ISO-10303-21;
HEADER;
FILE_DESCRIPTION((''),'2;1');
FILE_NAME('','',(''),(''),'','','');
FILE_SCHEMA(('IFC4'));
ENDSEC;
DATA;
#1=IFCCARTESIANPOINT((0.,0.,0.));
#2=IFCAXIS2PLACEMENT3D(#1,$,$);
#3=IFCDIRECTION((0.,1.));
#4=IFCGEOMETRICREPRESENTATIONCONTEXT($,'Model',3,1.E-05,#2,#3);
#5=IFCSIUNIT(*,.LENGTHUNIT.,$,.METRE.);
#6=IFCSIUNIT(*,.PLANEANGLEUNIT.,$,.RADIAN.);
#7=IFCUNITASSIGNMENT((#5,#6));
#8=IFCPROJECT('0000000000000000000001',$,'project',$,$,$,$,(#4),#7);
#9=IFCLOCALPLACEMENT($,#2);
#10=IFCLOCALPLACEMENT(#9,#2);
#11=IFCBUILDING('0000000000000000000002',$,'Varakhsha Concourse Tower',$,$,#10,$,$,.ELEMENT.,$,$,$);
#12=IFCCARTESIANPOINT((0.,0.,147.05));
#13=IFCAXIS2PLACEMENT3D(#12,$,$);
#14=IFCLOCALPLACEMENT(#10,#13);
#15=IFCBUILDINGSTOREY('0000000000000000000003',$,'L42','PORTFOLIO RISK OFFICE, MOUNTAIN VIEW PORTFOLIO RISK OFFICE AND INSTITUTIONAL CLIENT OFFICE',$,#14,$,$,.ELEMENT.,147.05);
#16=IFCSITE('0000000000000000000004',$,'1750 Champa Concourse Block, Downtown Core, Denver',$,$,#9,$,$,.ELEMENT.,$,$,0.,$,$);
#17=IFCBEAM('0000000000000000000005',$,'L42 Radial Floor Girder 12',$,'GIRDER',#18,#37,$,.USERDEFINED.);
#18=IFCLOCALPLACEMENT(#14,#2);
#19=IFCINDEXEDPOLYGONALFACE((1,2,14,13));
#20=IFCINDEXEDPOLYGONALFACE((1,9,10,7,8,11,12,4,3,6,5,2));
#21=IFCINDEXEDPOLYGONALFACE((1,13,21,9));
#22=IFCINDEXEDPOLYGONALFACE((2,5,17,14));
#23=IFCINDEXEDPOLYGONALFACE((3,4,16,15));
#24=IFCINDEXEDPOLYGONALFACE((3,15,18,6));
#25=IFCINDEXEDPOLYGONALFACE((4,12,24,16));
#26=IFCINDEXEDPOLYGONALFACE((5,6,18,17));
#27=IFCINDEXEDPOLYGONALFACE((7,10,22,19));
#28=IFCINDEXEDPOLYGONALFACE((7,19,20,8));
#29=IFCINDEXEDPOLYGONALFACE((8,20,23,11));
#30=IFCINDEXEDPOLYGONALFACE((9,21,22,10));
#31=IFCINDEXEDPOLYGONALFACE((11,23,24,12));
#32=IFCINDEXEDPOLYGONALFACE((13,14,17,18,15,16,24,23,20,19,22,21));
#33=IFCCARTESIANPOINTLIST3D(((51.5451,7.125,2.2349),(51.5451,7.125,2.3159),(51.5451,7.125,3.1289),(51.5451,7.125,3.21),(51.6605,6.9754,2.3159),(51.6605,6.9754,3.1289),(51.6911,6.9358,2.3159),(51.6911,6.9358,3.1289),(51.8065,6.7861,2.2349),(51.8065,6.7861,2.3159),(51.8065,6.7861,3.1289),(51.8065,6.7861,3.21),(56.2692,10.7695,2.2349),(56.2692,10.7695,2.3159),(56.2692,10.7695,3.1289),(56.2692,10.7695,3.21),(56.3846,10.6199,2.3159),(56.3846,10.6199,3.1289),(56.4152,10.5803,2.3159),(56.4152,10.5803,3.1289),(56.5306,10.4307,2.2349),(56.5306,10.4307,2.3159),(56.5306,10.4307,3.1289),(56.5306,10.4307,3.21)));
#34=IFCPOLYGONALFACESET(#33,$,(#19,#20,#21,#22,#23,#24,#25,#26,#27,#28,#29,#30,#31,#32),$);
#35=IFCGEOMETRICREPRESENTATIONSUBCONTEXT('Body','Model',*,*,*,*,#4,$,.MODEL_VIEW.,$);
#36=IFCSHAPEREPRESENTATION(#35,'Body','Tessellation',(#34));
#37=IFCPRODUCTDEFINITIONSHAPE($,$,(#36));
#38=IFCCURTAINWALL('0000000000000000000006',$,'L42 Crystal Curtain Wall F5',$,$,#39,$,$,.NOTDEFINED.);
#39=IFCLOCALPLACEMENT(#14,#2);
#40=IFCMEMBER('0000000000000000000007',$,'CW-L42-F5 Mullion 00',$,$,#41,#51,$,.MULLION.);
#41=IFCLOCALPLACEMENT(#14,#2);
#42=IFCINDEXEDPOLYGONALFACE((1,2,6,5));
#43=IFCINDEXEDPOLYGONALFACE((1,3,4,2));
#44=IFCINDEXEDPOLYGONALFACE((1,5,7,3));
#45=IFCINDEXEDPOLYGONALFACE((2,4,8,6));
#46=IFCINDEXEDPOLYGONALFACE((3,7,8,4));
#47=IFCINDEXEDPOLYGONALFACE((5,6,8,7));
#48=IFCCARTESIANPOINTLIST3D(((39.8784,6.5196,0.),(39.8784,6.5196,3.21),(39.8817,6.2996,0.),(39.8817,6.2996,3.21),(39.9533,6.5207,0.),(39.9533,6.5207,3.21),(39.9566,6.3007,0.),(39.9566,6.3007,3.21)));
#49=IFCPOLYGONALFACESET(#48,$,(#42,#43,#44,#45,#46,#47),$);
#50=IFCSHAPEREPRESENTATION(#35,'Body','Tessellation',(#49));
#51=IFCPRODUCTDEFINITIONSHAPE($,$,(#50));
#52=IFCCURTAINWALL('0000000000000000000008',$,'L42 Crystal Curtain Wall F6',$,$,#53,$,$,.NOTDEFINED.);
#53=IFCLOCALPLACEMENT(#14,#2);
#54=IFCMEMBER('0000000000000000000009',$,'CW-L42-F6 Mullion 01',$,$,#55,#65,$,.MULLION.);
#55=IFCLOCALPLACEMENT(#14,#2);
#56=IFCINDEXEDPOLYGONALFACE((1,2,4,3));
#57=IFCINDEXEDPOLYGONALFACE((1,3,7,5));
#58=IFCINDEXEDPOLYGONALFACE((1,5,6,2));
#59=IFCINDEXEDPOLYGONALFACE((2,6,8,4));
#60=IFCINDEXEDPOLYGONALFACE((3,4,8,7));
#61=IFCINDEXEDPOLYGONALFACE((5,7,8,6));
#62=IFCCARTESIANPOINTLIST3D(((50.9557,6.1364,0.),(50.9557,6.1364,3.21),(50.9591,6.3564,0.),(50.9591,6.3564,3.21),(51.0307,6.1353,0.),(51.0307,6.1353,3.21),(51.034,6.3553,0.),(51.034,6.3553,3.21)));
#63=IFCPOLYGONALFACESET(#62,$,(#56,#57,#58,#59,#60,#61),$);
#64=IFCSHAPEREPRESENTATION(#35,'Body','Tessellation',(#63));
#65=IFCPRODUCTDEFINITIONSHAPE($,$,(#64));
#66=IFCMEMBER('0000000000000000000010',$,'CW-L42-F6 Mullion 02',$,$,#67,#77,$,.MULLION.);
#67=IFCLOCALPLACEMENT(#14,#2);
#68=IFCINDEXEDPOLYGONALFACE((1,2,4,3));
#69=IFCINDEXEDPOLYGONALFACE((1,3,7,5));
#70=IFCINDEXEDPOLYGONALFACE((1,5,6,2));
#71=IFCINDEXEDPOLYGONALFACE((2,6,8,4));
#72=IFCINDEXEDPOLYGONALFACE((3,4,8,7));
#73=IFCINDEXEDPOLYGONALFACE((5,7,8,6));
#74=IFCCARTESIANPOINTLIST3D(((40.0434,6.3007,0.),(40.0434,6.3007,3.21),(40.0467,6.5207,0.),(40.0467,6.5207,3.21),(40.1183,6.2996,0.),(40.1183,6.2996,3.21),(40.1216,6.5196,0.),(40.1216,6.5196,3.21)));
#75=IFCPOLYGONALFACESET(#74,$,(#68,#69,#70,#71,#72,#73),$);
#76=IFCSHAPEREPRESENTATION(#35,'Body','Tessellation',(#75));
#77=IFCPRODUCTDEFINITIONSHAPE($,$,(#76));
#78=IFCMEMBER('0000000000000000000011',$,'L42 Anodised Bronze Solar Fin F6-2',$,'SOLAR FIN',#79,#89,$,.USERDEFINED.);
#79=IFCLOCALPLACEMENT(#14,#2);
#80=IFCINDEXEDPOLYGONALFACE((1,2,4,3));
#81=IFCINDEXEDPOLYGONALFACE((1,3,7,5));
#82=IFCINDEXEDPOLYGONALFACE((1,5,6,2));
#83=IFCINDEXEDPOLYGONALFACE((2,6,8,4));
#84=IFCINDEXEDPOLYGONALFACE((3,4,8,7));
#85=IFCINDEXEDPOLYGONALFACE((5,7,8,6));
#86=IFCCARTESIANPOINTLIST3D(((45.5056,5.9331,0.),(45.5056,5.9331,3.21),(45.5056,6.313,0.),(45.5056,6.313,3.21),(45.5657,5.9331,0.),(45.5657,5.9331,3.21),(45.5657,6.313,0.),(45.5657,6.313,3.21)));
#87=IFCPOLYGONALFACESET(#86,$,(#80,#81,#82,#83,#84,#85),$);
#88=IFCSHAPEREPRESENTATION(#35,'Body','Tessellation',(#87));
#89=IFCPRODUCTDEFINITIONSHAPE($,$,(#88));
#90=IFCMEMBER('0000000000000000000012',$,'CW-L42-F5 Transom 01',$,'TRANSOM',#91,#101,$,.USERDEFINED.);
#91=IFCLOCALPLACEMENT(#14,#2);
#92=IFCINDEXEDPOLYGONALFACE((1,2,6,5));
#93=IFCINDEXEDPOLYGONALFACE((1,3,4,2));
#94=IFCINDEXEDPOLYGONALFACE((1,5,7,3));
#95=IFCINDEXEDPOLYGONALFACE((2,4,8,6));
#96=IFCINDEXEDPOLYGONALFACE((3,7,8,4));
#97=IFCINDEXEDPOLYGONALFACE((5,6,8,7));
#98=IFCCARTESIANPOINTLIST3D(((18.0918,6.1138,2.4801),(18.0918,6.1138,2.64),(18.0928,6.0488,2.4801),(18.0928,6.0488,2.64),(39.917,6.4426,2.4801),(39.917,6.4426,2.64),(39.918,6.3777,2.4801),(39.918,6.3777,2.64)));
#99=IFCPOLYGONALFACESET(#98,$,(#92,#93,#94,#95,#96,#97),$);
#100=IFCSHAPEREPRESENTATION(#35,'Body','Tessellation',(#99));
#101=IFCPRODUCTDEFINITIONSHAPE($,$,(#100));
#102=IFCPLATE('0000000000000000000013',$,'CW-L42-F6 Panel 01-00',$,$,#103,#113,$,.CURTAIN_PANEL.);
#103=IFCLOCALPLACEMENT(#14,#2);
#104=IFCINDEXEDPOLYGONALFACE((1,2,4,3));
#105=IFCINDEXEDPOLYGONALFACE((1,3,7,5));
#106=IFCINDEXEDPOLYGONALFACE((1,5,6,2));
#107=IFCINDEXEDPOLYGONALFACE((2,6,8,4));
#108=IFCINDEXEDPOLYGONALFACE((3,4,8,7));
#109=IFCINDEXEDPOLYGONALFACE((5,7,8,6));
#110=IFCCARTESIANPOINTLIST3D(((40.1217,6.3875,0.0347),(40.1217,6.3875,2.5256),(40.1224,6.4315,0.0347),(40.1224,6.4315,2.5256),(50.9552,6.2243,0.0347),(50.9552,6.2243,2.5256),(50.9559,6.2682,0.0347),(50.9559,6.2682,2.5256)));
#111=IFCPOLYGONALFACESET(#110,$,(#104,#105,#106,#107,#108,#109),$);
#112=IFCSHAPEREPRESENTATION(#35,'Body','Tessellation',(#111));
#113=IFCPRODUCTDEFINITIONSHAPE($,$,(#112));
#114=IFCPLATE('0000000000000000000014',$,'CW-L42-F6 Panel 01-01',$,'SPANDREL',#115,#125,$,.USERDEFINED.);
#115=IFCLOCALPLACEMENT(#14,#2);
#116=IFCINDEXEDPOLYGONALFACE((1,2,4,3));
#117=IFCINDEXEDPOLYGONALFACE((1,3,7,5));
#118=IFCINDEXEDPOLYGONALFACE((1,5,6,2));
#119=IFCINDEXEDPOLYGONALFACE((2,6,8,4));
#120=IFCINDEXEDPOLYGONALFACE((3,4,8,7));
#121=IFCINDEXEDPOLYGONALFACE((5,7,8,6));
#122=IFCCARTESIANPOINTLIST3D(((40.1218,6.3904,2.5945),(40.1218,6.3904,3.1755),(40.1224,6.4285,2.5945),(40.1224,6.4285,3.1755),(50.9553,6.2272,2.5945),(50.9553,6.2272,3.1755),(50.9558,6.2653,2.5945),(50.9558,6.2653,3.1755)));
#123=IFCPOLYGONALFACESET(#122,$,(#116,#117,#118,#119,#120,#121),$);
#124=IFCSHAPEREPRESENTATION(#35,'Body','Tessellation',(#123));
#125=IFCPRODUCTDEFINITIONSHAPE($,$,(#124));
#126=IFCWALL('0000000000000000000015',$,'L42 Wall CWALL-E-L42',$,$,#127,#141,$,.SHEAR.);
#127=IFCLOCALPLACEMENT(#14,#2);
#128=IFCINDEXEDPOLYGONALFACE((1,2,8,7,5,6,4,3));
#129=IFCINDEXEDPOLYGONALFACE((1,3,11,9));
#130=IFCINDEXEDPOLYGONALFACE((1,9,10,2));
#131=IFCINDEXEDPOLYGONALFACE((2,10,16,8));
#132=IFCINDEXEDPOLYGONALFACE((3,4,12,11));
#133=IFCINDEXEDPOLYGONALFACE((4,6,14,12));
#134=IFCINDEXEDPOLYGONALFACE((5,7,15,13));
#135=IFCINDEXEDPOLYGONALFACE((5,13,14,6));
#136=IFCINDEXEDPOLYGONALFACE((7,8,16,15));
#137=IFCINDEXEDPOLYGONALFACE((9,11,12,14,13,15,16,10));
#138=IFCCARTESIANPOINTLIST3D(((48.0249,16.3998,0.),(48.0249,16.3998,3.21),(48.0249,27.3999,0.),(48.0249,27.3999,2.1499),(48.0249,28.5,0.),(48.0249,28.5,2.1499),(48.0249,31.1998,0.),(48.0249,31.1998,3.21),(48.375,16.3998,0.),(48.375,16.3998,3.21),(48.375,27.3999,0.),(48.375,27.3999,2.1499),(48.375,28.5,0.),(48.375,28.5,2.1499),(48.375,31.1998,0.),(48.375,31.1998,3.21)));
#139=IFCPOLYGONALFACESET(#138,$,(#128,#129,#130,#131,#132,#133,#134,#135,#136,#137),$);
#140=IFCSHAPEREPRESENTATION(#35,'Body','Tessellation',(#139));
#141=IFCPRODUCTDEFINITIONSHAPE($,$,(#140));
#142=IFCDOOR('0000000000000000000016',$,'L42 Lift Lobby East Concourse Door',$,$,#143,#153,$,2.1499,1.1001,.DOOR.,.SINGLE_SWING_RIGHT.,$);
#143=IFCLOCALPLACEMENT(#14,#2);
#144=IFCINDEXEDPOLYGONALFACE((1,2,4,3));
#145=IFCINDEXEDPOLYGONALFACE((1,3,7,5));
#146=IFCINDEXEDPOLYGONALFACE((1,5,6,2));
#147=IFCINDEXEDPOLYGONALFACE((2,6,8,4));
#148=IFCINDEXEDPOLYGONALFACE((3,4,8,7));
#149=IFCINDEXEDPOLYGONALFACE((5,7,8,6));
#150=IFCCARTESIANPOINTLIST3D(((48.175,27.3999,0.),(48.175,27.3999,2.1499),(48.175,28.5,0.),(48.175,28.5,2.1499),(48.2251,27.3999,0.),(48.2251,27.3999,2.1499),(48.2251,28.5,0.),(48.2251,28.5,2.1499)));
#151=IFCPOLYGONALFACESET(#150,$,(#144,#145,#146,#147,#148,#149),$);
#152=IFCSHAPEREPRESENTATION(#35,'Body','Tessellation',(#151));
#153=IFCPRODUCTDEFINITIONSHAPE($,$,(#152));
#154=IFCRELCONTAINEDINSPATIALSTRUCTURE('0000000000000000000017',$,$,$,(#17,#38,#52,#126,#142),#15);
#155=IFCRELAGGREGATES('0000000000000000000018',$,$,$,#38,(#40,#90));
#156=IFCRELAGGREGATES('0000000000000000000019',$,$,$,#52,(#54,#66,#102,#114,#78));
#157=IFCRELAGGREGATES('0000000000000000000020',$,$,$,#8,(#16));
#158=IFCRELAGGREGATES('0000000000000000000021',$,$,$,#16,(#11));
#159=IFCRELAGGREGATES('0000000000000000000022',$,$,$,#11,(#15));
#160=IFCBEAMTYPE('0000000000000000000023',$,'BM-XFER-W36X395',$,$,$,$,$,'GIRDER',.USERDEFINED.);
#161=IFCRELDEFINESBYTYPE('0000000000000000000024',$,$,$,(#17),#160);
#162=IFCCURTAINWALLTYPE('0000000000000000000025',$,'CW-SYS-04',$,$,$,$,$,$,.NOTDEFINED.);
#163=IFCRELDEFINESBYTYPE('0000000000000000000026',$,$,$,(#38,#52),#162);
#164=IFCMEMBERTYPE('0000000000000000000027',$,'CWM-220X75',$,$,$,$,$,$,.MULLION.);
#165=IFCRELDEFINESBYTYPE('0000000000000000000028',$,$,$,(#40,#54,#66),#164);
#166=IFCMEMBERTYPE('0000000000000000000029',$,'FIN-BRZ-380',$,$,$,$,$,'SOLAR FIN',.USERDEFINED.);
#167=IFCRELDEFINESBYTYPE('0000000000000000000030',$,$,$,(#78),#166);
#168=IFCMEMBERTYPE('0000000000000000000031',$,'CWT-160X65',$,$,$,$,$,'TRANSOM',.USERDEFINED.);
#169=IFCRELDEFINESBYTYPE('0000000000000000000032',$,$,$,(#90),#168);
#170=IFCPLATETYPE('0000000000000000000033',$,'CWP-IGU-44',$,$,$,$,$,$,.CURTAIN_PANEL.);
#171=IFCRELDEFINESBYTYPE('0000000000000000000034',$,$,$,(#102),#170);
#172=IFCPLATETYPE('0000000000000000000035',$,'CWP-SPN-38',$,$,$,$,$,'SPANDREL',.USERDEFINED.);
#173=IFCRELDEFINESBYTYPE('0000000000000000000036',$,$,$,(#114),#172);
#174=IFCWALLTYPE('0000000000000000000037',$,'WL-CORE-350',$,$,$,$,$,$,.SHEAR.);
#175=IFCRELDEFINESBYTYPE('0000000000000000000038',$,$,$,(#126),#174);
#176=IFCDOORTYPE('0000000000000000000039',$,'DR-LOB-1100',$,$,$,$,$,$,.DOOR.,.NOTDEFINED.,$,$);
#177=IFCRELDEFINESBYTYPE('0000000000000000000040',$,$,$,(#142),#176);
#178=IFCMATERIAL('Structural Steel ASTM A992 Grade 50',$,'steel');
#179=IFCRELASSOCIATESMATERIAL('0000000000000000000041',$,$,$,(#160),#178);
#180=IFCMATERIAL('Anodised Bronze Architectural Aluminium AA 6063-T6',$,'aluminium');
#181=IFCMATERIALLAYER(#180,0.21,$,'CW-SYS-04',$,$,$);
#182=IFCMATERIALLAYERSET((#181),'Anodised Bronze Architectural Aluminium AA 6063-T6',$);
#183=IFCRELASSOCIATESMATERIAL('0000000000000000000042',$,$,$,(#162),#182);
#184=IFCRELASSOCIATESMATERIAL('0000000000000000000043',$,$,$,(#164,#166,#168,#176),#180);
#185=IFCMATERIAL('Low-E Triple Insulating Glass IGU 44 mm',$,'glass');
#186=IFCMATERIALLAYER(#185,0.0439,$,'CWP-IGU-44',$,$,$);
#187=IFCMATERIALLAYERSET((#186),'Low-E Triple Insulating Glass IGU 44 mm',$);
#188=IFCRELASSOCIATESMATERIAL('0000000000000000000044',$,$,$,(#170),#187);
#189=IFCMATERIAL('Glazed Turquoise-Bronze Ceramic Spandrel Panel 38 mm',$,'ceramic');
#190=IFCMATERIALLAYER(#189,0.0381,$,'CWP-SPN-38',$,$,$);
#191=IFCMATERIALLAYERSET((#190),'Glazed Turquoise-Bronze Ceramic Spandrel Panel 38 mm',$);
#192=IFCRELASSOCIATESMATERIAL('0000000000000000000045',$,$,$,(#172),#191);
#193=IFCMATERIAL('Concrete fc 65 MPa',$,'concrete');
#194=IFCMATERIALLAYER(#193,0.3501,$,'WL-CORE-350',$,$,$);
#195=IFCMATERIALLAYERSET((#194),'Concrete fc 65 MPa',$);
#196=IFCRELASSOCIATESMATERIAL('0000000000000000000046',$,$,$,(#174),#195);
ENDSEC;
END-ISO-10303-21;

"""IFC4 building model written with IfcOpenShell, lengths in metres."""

from ifc_helpers import new_model, si_unit, direction, frame, frame_2d, origin, origin_2d, place, context, subcontext, project, spatial, rectangle, i_section, extrude, source, transform, mapped, material, layer, layer_set, material_profile, profile_set, type_object, type_shapes, element, fill, aggregate, save


model = new_model("IFC4")

# Units and contexts
model_context = context("Model", 3, precision=1e-05, world=origin(), true_north=direction((0.0, 1.0)))
body_context = subcontext(model_context, "Body", "Model", "MODEL_VIEW")
ifc_project = project(units=[si_unit("LENGTHUNIT", "METRE"), si_unit("PLANEANGLEUNIT", "RADIAN")], contexts=[model_context])

# Site, building, storey
site_placement = place(None, origin())
site = spatial("IfcSite", under=ifc_project, at=site_placement, Name="1750 Champa Concourse Block, Downtown Core, Denver", CompositionType="ELEMENT", RefElevation=0.0)
building_placement = place(site_placement, origin())
building = spatial("IfcBuilding", under=site, at=building_placement, Name="Varakhsha Concourse Tower", CompositionType="ELEMENT")
storey_placement = place(building_placement, frame((0.0, 0.0, 147.05)))
storey = spatial("IfcBuildingStorey", under=building, at=storey_placement, Name="L42", Description="PORTFOLIO RISK OFFICE, MOUNTAIN VIEW PORTFOLIO RISK OFFICE AND INSTITUTIONAL CLIENT OFFICE", CompositionType="ELEMENT", Elevation=147.05)

# Shared definitions
ifc_material_1 = material(Name="Structural Steel ASTM A992 Grade 50", Category="steel")
ifc_material_2 = material(Name="Concrete fc 65 MPa", Category="concrete")

# Beam
ifc_material_profile_1 = material_profile(ifc_material_1, i_section(OverallWidth=0.428, OverallDepth=0.9751, WebThickness=0.05, FlangeThickness=0.0811, at=origin_2d()), Name="W36X395")
ifc_profile_set_1 = profile_set([ifc_material_profile_1], Name="Structural Steel ASTM A992 Grade 50")
beam_type_1 = type_object("IfcBeamType", Name="BM-XFER-W36X395", ElementType="GIRDER", PredefinedType="USERDEFINED", material=ifc_profile_set_1)
beam_1_placement = place(storey_placement, frame((56.3999, 10.6001, 2.7224), z_axis=(-0.791765, -0.610825, 0.0), x_axis=(0.610825, -0.791765, 0.0)))
element("IfcBeam", 1, at=beam_1_placement, inside=storey, type_object=beam_type_1, Name="L42 Radial Floor Girder 12", ObjectType="GIRDER", PredefinedType="USERDEFINED", context=body_context, shape_type="SweptSolid", body=[
    extrude(i_section(OverallWidth=0.428, OverallDepth=0.9751, WebThickness=0.05, FlangeThickness=0.0811, at=origin_2d()), origin(), (0.0, 0.0, 1.0), 5.9666),
])

# Curtain wall, member
ifc_material_3 = material(Name="Anodised Bronze Architectural Aluminium AA 6063-T6", Category="aluminium")
ifc_layer_1 = layer(ifc_material_3, 0.21, Name="CW-SYS-04")
ifc_layer_set_1 = layer_set([ifc_layer_1], Name="Anodised Bronze Architectural Aluminium AA 6063-T6")
curtain_wall_type = type_object("IfcCurtainWallType", Name="CW-SYS-04", PredefinedType="NOTDEFINED", material=ifc_layer_set_1)
curtain_wall_1_placement = place(storey_placement, origin())
curtain_wall_1 = element("IfcCurtainWall", 2, at=curtain_wall_1_placement, inside=storey, type_object=curtain_wall_type, Name="L42 Crystal Curtain Wall F5", PredefinedType="NOTDEFINED")
ifc_material_profile_2 = material_profile(ifc_material_3, rectangle(XDim=0.075, YDim=0.22, at=origin_2d()), Name="CWM-220X75")
ifc_profile_set_2 = profile_set([ifc_material_profile_2], Name="Anodised Bronze Architectural Aluminium AA 6063-T6")
member_type_1 = type_object("IfcMemberType", Name="CWM-220X75", PredefinedType="MULLION", material=ifc_profile_set_2)
shared_shape_1 = source(origin(), body_context, "Body", "SweptSolid", [
    extrude(rectangle(XDim=0.075, YDim=0.22, at=origin_2d()), origin(), (0.0, 0.0, 1.0), 3.21),
])
type_shapes(member_type_1, [shared_shape_1])
member_1_placement = place(storey_placement, frame((39.9175, 6.4102, 0.0), z_axis=(0.0, 0.0, 1.0), x_axis=(-0.999887, -0.015063, 0.0)))
member_1 = element("IfcMember", 3, at=member_1_placement, type_object=member_type_1, Name="CW-L42-F5 Mullion 00", PredefinedType="MULLION", context=body_context, shape_type="MappedRepresentation", body=[
    mapped(shared_shape_1, transform((0.0, 0.0, 0.0), scale=1.0)),
])

# Curtain wall, members
curtain_wall_2_placement = place(storey_placement, origin())
curtain_wall_2 = element("IfcCurtainWall", 4, at=curtain_wall_2_placement, inside=storey, type_object=curtain_wall_type, Name="L42 Crystal Curtain Wall F6", PredefinedType="NOTDEFINED")
member_2_placement = place(storey_placement, frame((50.9949, 6.2458, 0.0), z_axis=(0.0, 0.0, 1.0), x_axis=(-0.999887, 0.015063, 0.0)))
member_2 = element("IfcMember", 5, at=member_2_placement, type_object=member_type_1, Name="CW-L42-F6 Mullion 01", PredefinedType="MULLION", context=body_context, shape_type="MappedRepresentation", body=[
    mapped(shared_shape_1, transform((0.0, 0.0, 0.0), scale=1.0)),
])
member_3_placement = place(storey_placement, frame((40.0825, 6.4102, 0.0), z_axis=(0.0, 0.0, 1.0), x_axis=(-0.999887, 0.015063, 0.0)))
member_3 = element("IfcMember", 6, at=member_3_placement, type_object=member_type_1, Name="CW-L42-F6 Mullion 02", PredefinedType="MULLION", context=body_context, shape_type="MappedRepresentation", body=[
    mapped(shared_shape_1, transform((0.0, 0.0, 0.0), scale=1.0)),
])
ifc_material_profile_3 = material_profile(ifc_material_3, rectangle(XDim=0.0601, YDim=0.3799, at=origin_2d()), Name="FIN-BRZ-380")
ifc_profile_set_3 = profile_set([ifc_material_profile_3], Name="Anodised Bronze Architectural Aluminium AA 6063-T6")
member_type_2 = type_object("IfcMemberType", Name="FIN-BRZ-380", ElementType="SOLAR FIN", PredefinedType="USERDEFINED", material=ifc_profile_set_3)
shared_shape_2 = source(origin(), body_context, "Body", "SweptSolid", [
    extrude(rectangle(XDim=0.0601, YDim=0.3799, at=origin_2d()), origin(), (0.0, 0.0, 1.0), 3.21),
])
type_shapes(member_type_2, [shared_shape_2])
member_4_placement = place(storey_placement, frame((45.5356, 6.123, 0.0), z_axis=(0.0, 0.0, 1.0), x_axis=(1.0, 0.0, 0.0)))
member_4 = element("IfcMember", 7, at=member_4_placement, type_object=member_type_2, Name="L42 Anodised Bronze Solar Fin F6-2", ObjectType="SOLAR FIN", PredefinedType="USERDEFINED", context=body_context, shape_type="MappedRepresentation", body=[
    mapped(shared_shape_2, transform((0.0, 0.0, 0.0), scale=1.0)),
])

# Member
ifc_material_profile_4 = material_profile(ifc_material_3, rectangle(XDim=0.0649, YDim=0.1599, at=origin_2d()), Name="CWT-160X65")
ifc_profile_set_4 = profile_set([ifc_material_profile_4], Name="Anodised Bronze Architectural Aluminium AA 6063-T6")
member_type_3 = type_object("IfcMemberType", Name="CWT-160X65", ElementType="TRANSOM", PredefinedType="USERDEFINED", material=ifc_profile_set_4)
shared_shape_3 = source(origin(), body_context, "Body", "SweptSolid", [
    extrude(rectangle(XDim=0.0649, YDim=0.1599, at=origin_2d()), origin(), (0.0, 0.0, 1.0), 21.8276),
])
type_shapes(member_type_3, [shared_shape_3])
member_5_placement = place(storey_placement, frame((39.9175, 6.4102, 2.5601), z_axis=(-0.999887, -0.015066, 0.0), x_axis=(0.015066, -0.999887, 0.0)))
member_5 = element("IfcMember", 8, at=member_5_placement, type_object=member_type_3, Name="CW-L42-F5 Transom 01", ObjectType="TRANSOM", PredefinedType="USERDEFINED", context=body_context, shape_type="MappedRepresentation", body=[
    mapped(shared_shape_3, transform((0.0, 0.0, 0.0), scale=1.0)),
])
aggregate(curtain_wall_1, [member_1, member_5])

# Plates
ifc_material_4 = material(Name="Low-E Triple Insulating Glass IGU 44 mm", Category="glass")
ifc_layer_2 = layer(ifc_material_4, 0.0439, Name="CWP-IGU-44")
ifc_layer_set_2 = layer_set([ifc_layer_2], Name="Low-E Triple Insulating Glass IGU 44 mm")
plate_type_1 = type_object("IfcPlateType", Name="CWP-IGU-44", PredefinedType="CURTAIN_PANEL", material=ifc_layer_set_2)
shared_shape_4 = source(origin(), body_context, "Body", "SweptSolid", [
    extrude(rectangle(XDim=10.8347, YDim=0.0439, at=origin_2d()), origin(), (0.0, 0.0, 1.0), 2.491),
])
type_shapes(plate_type_1, [shared_shape_4])
plate_1_placement = place(storey_placement, frame((45.5388, 6.3279, 0.0347), z_axis=(0.0, 0.0, 1.0), x_axis=(-0.999887, 0.015063, 0.0)))
plate_1 = element("IfcPlate", 9, at=plate_1_placement, type_object=plate_type_1, Name="CW-L42-F6 Panel 01-00", PredefinedType="CURTAIN_PANEL", context=body_context, shape_type="MappedRepresentation", body=[
    mapped(shared_shape_4, transform((0.0, 0.0, 0.0), scale=1.0)),
])
ifc_material_5 = material(Name="Glazed Turquoise-Bronze Ceramic Spandrel Panel 38 mm", Category="ceramic")
ifc_layer_3 = layer(ifc_material_5, 0.0381, Name="CWP-SPN-38")
ifc_layer_set_3 = layer_set([ifc_layer_3], Name="Glazed Turquoise-Bronze Ceramic Spandrel Panel 38 mm")
plate_type_2 = type_object("IfcPlateType", Name="CWP-SPN-38", ElementType="SPANDREL", PredefinedType="USERDEFINED", material=ifc_layer_set_3)
shared_shape_5 = source(origin(), body_context, "Body", "SweptSolid", [
    extrude(rectangle(XDim=10.8347, YDim=0.0381, at=origin_2d()), origin(), (0.0, 0.0, 1.0), 0.5811),
])
type_shapes(plate_type_2, [shared_shape_5])
plate_2_placement = place(storey_placement, frame((45.5388, 6.3279, 2.5945), z_axis=(0.0, 0.0, 1.0), x_axis=(-0.999887, 0.015063, 0.0)))
plate_2 = element("IfcPlate", 10, at=plate_2_placement, type_object=plate_type_2, Name="CW-L42-F6 Panel 01-01", ObjectType="SPANDREL", PredefinedType="USERDEFINED", context=body_context, shape_type="MappedRepresentation", body=[
    mapped(shared_shape_5, transform((0.0, 0.0, 0.0), scale=1.0)),
])
aggregate(curtain_wall_2, [member_2, member_3, plate_1, plate_2, member_4])

# Wall, opening, door
ifc_layer_4 = layer(ifc_material_2, 0.3501, Name="WL-CORE-350")
ifc_layer_set_4 = layer_set([ifc_layer_4], Name="Concrete fc 65 MPa")
wall_type_1 = type_object("IfcWallType", Name="WL-CORE-350", PredefinedType="SHEAR", material=ifc_layer_set_4)
wall_1_placement = place(storey_placement, frame((48.2, 16.3999, 0.0), z_axis=(0.0, 0.0, 1.0), x_axis=(0.0, 1.0, 0.0)))
wall_1 = element("IfcWall", 11, at=wall_1_placement, inside=storey, type_object=wall_type_1, Name="L42 Wall CWALL-E-L42", PredefinedType="SHEAR", context=body_context, shape_type="SweptSolid", body=[
    extrude(rectangle(XDim=14.8, YDim=0.3501, at=frame_2d((7.3999, 0.0))), origin(), (0.0, 0.0, 1.0), 3.21),
])
opening_1_placement = place(wall_1_placement, frame((11.0, 0.0, 0.0)))
opening_1 = element("IfcOpeningElement", 12, at=opening_1_placement, cuts=wall_1, PredefinedType="OPENING", context=body_context, shape_type="SweptSolid", body=[
    extrude(rectangle(XDim=1.1001, YDim=2.1499, at=frame_2d((0.55, 1.075))), frame((0.0, 0.1851, 0.0), z_axis=(0.0, -1.0, 0.0), x_axis=(1.0, 0.0, 0.0)), (0.0, 0.0, 1.0), 0.3701),
])
door_type_1 = type_object("IfcDoorType", Name="DR-LOB-1100", OperationType="NOTDEFINED", PredefinedType="DOOR", material=ifc_material_3)
door_1_placement = place(opening_1_placement, origin())
door_1 = element("IfcDoor", 13, at=door_1_placement, inside=storey, type_object=door_type_1, Name="L42 Lift Lobby East Concourse Door", OperationType="SINGLE_SWING_RIGHT", OverallHeight=2.1499, OverallWidth=1.1001, PredefinedType="DOOR", context=body_context, shape_type="SweptSolid", body=[
    extrude(rectangle(XDim=1.1001, YDim=2.1499, at=frame_2d((0.55, 1.075))), frame((0.0, 0.0249, 0.0), z_axis=(0.0, -1.0, 0.0), x_axis=(1.0, 0.0, 0.0)), (0.0, 0.0, 1.0), 0.05),
])
fill(opening_1, door_1)

save(model, "model.ifc")
